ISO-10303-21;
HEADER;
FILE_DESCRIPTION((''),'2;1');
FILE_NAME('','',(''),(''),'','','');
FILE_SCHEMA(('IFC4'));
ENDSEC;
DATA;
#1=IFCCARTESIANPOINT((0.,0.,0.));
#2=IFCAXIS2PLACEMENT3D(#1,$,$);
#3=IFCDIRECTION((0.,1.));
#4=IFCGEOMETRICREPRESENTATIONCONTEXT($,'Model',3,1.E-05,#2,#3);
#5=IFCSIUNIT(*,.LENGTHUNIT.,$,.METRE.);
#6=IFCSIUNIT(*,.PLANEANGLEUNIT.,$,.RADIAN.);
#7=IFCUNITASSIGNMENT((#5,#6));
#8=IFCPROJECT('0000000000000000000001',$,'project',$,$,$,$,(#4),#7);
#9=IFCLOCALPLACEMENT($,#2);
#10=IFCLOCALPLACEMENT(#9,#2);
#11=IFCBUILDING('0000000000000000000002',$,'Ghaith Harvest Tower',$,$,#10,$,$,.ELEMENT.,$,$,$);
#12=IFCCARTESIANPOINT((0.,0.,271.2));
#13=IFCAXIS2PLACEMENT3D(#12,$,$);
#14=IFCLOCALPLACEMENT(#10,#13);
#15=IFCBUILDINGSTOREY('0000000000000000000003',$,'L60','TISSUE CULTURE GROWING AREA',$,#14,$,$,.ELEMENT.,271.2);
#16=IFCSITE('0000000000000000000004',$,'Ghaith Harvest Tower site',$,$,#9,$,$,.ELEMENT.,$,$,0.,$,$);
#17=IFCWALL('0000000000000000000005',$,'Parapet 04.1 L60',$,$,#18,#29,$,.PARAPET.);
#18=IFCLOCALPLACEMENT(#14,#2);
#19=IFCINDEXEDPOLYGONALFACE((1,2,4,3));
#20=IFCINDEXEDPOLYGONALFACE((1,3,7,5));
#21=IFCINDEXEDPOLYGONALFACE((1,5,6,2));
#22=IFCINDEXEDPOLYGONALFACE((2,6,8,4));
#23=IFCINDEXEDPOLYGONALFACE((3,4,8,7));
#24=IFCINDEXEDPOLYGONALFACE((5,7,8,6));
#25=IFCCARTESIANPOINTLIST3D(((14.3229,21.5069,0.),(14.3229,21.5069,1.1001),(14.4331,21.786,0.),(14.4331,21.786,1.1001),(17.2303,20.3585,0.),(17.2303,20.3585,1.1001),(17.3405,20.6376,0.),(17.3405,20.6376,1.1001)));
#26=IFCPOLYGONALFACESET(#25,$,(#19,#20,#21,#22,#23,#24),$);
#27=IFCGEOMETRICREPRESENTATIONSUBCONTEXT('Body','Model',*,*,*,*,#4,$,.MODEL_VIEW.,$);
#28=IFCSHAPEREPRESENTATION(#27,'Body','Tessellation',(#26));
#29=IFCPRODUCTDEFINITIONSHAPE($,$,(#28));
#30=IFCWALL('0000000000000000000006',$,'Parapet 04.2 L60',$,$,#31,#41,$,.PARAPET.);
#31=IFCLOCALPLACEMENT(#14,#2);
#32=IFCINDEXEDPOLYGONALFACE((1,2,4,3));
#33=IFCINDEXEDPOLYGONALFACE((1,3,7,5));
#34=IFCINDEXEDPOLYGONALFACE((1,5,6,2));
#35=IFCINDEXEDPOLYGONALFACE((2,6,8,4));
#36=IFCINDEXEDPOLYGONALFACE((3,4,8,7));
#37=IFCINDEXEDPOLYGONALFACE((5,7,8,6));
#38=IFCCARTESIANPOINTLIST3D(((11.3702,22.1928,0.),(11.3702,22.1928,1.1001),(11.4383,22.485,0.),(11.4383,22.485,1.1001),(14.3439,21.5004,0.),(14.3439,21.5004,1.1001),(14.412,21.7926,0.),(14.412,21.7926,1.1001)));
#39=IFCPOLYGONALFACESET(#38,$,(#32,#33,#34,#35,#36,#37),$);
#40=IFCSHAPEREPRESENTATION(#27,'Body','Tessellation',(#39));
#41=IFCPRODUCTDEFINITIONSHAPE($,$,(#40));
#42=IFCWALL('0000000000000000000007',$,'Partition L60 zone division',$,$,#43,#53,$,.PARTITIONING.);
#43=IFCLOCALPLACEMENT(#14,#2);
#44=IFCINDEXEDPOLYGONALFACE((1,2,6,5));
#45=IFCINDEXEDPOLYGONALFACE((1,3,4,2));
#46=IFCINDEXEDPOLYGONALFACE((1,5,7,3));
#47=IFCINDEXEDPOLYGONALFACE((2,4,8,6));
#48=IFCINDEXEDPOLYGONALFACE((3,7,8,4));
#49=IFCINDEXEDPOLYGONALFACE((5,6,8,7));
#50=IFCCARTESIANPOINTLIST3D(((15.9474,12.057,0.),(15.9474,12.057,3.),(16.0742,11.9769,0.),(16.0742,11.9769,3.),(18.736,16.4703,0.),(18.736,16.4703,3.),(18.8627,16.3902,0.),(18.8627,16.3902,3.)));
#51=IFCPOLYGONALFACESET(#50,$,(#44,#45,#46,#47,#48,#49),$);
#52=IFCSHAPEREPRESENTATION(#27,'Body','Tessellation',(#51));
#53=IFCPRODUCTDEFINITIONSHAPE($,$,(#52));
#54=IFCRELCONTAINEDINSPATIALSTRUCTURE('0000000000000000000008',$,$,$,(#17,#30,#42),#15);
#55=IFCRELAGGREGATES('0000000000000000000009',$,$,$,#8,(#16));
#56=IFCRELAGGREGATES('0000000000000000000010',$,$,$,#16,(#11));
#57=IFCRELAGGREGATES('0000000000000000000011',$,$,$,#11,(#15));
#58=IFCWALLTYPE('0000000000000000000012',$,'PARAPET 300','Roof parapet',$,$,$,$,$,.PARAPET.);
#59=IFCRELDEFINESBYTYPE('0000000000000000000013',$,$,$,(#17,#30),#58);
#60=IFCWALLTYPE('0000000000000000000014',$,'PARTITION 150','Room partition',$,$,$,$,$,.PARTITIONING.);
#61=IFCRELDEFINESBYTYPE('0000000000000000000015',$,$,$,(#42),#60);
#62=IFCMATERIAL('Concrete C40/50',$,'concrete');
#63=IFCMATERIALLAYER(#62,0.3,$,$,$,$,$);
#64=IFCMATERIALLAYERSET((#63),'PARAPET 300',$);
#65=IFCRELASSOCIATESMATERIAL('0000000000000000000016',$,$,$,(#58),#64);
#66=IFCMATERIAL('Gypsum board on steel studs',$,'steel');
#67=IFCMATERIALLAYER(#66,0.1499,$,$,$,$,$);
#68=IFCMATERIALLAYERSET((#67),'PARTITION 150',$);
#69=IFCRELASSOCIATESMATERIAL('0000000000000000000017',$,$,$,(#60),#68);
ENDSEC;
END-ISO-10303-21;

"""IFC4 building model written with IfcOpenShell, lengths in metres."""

from ifc_helpers import new_model, si_unit, direction, frame, frame_2d, origin, place, context, subcontext, project, spatial, rectangle, extrude, material, layer, layer_set, type_object, element, save


model = new_model("IFC4")

# Units and contexts
model_context = context("Model", 3, precision=1e-05, world=origin(), true_north=direction((0.0, 1.0)))
body_context = subcontext(model_context, "Body", "Model", "MODEL_VIEW")
ifc_project = project(units=[si_unit("LENGTHUNIT", "METRE"), si_unit("PLANEANGLEUNIT", "RADIAN")], contexts=[model_context])

# Site, building, storey
site_placement = place(None, origin())
site = spatial("IfcSite", under=ifc_project, at=site_placement, Name="Ghaith Harvest Tower site", CompositionType="ELEMENT", RefElevation=0.0)
building_placement = place(site_placement, origin())
building = spatial("IfcBuilding", under=site, at=building_placement, Name="Ghaith Harvest Tower", CompositionType="ELEMENT")
storey_placement = place(building_placement, frame((0.0, 0.0, 271.2)))
storey = spatial("IfcBuildingStorey", under=building, at=storey_placement, Name="L60", Description="TISSUE CULTURE GROWING AREA", CompositionType="ELEMENT", Elevation=271.2)

# Walls
ifc_material_1 = material(Name="Concrete C40/50", Category="concrete")
ifc_layer_1 = layer(ifc_material_1, 0.3)
ifc_layer_set_1 = layer_set([ifc_layer_1], Name="PARAPET 300")
wall_type_1 = type_object("IfcWallType", Name="PARAPET 300", Description="Roof parapet", PredefinedType="PARAPET", material=ifc_layer_set_1)
wall_1_placement = place(storey_placement, frame((17.2854, 20.498, 0.0), z_axis=(0.0, 0.0, 1.0), x_axis=(-0.930073, 0.367375, 0.0)))
element("IfcWall", 1, at=wall_1_placement, inside=storey, type_object=wall_type_1, Name="Parapet 04.1 L60", PredefinedType="PARAPET", context=body_context, shape_type="SweptSolid", body=[
    extrude(rectangle(XDim=3.126, YDim=0.3, at=frame_2d((1.563, 0.0))), origin(), (0.0, 0.0, 1.0), 1.1001),
])
wall_2_placement = place(storey_placement, frame((14.3779, 21.6465, 0.0), z_axis=(0.0, 0.0, 1.0), x_axis=(-0.973947, 0.226775, 0.0)))
element("IfcWall", 2, at=wall_2_placement, inside=storey, type_object=wall_type_1, Name="Parapet 04.2 L60", PredefinedType="PARAPET", context=body_context, shape_type="SweptSolid", body=[
    extrude(rectangle(XDim=3.0532, YDim=0.3, at=frame_2d((1.5266, 0.0))), origin(), (0.0, 0.0, 1.0), 1.1001),
])
ifc_material_2 = material(Name="Gypsum board on steel studs", Category="steel")
ifc_layer_2 = layer(ifc_material_2, 0.1499)
ifc_layer_set_2 = layer_set([ifc_layer_2], Name="PARTITION 150")
wall_type_2 = type_object("IfcWallType", Name="PARTITION 150", Description="Room partition", PredefinedType="PARTITIONING", material=ifc_layer_set_2)
wall_3_placement = place(storey_placement, frame((16.0107, 12.0168, 0.0), z_axis=(0.0, 0.0, 1.0), x_axis=(0.534158, 0.845384, 0.0)))
element("IfcWall", 3, at=wall_3_placement, inside=storey, type_object=wall_type_2, Name="Partition L60 zone division", PredefinedType="PARTITIONING", context=body_context, shape_type="SweptSolid", body=[
    extrude(rectangle(XDim=5.2205, YDim=0.1499, at=frame_2d((2.6104, 0.0))), origin(), (0.0, 0.0, 1.0), 3.0),
])

save(model, "model.ifc")
